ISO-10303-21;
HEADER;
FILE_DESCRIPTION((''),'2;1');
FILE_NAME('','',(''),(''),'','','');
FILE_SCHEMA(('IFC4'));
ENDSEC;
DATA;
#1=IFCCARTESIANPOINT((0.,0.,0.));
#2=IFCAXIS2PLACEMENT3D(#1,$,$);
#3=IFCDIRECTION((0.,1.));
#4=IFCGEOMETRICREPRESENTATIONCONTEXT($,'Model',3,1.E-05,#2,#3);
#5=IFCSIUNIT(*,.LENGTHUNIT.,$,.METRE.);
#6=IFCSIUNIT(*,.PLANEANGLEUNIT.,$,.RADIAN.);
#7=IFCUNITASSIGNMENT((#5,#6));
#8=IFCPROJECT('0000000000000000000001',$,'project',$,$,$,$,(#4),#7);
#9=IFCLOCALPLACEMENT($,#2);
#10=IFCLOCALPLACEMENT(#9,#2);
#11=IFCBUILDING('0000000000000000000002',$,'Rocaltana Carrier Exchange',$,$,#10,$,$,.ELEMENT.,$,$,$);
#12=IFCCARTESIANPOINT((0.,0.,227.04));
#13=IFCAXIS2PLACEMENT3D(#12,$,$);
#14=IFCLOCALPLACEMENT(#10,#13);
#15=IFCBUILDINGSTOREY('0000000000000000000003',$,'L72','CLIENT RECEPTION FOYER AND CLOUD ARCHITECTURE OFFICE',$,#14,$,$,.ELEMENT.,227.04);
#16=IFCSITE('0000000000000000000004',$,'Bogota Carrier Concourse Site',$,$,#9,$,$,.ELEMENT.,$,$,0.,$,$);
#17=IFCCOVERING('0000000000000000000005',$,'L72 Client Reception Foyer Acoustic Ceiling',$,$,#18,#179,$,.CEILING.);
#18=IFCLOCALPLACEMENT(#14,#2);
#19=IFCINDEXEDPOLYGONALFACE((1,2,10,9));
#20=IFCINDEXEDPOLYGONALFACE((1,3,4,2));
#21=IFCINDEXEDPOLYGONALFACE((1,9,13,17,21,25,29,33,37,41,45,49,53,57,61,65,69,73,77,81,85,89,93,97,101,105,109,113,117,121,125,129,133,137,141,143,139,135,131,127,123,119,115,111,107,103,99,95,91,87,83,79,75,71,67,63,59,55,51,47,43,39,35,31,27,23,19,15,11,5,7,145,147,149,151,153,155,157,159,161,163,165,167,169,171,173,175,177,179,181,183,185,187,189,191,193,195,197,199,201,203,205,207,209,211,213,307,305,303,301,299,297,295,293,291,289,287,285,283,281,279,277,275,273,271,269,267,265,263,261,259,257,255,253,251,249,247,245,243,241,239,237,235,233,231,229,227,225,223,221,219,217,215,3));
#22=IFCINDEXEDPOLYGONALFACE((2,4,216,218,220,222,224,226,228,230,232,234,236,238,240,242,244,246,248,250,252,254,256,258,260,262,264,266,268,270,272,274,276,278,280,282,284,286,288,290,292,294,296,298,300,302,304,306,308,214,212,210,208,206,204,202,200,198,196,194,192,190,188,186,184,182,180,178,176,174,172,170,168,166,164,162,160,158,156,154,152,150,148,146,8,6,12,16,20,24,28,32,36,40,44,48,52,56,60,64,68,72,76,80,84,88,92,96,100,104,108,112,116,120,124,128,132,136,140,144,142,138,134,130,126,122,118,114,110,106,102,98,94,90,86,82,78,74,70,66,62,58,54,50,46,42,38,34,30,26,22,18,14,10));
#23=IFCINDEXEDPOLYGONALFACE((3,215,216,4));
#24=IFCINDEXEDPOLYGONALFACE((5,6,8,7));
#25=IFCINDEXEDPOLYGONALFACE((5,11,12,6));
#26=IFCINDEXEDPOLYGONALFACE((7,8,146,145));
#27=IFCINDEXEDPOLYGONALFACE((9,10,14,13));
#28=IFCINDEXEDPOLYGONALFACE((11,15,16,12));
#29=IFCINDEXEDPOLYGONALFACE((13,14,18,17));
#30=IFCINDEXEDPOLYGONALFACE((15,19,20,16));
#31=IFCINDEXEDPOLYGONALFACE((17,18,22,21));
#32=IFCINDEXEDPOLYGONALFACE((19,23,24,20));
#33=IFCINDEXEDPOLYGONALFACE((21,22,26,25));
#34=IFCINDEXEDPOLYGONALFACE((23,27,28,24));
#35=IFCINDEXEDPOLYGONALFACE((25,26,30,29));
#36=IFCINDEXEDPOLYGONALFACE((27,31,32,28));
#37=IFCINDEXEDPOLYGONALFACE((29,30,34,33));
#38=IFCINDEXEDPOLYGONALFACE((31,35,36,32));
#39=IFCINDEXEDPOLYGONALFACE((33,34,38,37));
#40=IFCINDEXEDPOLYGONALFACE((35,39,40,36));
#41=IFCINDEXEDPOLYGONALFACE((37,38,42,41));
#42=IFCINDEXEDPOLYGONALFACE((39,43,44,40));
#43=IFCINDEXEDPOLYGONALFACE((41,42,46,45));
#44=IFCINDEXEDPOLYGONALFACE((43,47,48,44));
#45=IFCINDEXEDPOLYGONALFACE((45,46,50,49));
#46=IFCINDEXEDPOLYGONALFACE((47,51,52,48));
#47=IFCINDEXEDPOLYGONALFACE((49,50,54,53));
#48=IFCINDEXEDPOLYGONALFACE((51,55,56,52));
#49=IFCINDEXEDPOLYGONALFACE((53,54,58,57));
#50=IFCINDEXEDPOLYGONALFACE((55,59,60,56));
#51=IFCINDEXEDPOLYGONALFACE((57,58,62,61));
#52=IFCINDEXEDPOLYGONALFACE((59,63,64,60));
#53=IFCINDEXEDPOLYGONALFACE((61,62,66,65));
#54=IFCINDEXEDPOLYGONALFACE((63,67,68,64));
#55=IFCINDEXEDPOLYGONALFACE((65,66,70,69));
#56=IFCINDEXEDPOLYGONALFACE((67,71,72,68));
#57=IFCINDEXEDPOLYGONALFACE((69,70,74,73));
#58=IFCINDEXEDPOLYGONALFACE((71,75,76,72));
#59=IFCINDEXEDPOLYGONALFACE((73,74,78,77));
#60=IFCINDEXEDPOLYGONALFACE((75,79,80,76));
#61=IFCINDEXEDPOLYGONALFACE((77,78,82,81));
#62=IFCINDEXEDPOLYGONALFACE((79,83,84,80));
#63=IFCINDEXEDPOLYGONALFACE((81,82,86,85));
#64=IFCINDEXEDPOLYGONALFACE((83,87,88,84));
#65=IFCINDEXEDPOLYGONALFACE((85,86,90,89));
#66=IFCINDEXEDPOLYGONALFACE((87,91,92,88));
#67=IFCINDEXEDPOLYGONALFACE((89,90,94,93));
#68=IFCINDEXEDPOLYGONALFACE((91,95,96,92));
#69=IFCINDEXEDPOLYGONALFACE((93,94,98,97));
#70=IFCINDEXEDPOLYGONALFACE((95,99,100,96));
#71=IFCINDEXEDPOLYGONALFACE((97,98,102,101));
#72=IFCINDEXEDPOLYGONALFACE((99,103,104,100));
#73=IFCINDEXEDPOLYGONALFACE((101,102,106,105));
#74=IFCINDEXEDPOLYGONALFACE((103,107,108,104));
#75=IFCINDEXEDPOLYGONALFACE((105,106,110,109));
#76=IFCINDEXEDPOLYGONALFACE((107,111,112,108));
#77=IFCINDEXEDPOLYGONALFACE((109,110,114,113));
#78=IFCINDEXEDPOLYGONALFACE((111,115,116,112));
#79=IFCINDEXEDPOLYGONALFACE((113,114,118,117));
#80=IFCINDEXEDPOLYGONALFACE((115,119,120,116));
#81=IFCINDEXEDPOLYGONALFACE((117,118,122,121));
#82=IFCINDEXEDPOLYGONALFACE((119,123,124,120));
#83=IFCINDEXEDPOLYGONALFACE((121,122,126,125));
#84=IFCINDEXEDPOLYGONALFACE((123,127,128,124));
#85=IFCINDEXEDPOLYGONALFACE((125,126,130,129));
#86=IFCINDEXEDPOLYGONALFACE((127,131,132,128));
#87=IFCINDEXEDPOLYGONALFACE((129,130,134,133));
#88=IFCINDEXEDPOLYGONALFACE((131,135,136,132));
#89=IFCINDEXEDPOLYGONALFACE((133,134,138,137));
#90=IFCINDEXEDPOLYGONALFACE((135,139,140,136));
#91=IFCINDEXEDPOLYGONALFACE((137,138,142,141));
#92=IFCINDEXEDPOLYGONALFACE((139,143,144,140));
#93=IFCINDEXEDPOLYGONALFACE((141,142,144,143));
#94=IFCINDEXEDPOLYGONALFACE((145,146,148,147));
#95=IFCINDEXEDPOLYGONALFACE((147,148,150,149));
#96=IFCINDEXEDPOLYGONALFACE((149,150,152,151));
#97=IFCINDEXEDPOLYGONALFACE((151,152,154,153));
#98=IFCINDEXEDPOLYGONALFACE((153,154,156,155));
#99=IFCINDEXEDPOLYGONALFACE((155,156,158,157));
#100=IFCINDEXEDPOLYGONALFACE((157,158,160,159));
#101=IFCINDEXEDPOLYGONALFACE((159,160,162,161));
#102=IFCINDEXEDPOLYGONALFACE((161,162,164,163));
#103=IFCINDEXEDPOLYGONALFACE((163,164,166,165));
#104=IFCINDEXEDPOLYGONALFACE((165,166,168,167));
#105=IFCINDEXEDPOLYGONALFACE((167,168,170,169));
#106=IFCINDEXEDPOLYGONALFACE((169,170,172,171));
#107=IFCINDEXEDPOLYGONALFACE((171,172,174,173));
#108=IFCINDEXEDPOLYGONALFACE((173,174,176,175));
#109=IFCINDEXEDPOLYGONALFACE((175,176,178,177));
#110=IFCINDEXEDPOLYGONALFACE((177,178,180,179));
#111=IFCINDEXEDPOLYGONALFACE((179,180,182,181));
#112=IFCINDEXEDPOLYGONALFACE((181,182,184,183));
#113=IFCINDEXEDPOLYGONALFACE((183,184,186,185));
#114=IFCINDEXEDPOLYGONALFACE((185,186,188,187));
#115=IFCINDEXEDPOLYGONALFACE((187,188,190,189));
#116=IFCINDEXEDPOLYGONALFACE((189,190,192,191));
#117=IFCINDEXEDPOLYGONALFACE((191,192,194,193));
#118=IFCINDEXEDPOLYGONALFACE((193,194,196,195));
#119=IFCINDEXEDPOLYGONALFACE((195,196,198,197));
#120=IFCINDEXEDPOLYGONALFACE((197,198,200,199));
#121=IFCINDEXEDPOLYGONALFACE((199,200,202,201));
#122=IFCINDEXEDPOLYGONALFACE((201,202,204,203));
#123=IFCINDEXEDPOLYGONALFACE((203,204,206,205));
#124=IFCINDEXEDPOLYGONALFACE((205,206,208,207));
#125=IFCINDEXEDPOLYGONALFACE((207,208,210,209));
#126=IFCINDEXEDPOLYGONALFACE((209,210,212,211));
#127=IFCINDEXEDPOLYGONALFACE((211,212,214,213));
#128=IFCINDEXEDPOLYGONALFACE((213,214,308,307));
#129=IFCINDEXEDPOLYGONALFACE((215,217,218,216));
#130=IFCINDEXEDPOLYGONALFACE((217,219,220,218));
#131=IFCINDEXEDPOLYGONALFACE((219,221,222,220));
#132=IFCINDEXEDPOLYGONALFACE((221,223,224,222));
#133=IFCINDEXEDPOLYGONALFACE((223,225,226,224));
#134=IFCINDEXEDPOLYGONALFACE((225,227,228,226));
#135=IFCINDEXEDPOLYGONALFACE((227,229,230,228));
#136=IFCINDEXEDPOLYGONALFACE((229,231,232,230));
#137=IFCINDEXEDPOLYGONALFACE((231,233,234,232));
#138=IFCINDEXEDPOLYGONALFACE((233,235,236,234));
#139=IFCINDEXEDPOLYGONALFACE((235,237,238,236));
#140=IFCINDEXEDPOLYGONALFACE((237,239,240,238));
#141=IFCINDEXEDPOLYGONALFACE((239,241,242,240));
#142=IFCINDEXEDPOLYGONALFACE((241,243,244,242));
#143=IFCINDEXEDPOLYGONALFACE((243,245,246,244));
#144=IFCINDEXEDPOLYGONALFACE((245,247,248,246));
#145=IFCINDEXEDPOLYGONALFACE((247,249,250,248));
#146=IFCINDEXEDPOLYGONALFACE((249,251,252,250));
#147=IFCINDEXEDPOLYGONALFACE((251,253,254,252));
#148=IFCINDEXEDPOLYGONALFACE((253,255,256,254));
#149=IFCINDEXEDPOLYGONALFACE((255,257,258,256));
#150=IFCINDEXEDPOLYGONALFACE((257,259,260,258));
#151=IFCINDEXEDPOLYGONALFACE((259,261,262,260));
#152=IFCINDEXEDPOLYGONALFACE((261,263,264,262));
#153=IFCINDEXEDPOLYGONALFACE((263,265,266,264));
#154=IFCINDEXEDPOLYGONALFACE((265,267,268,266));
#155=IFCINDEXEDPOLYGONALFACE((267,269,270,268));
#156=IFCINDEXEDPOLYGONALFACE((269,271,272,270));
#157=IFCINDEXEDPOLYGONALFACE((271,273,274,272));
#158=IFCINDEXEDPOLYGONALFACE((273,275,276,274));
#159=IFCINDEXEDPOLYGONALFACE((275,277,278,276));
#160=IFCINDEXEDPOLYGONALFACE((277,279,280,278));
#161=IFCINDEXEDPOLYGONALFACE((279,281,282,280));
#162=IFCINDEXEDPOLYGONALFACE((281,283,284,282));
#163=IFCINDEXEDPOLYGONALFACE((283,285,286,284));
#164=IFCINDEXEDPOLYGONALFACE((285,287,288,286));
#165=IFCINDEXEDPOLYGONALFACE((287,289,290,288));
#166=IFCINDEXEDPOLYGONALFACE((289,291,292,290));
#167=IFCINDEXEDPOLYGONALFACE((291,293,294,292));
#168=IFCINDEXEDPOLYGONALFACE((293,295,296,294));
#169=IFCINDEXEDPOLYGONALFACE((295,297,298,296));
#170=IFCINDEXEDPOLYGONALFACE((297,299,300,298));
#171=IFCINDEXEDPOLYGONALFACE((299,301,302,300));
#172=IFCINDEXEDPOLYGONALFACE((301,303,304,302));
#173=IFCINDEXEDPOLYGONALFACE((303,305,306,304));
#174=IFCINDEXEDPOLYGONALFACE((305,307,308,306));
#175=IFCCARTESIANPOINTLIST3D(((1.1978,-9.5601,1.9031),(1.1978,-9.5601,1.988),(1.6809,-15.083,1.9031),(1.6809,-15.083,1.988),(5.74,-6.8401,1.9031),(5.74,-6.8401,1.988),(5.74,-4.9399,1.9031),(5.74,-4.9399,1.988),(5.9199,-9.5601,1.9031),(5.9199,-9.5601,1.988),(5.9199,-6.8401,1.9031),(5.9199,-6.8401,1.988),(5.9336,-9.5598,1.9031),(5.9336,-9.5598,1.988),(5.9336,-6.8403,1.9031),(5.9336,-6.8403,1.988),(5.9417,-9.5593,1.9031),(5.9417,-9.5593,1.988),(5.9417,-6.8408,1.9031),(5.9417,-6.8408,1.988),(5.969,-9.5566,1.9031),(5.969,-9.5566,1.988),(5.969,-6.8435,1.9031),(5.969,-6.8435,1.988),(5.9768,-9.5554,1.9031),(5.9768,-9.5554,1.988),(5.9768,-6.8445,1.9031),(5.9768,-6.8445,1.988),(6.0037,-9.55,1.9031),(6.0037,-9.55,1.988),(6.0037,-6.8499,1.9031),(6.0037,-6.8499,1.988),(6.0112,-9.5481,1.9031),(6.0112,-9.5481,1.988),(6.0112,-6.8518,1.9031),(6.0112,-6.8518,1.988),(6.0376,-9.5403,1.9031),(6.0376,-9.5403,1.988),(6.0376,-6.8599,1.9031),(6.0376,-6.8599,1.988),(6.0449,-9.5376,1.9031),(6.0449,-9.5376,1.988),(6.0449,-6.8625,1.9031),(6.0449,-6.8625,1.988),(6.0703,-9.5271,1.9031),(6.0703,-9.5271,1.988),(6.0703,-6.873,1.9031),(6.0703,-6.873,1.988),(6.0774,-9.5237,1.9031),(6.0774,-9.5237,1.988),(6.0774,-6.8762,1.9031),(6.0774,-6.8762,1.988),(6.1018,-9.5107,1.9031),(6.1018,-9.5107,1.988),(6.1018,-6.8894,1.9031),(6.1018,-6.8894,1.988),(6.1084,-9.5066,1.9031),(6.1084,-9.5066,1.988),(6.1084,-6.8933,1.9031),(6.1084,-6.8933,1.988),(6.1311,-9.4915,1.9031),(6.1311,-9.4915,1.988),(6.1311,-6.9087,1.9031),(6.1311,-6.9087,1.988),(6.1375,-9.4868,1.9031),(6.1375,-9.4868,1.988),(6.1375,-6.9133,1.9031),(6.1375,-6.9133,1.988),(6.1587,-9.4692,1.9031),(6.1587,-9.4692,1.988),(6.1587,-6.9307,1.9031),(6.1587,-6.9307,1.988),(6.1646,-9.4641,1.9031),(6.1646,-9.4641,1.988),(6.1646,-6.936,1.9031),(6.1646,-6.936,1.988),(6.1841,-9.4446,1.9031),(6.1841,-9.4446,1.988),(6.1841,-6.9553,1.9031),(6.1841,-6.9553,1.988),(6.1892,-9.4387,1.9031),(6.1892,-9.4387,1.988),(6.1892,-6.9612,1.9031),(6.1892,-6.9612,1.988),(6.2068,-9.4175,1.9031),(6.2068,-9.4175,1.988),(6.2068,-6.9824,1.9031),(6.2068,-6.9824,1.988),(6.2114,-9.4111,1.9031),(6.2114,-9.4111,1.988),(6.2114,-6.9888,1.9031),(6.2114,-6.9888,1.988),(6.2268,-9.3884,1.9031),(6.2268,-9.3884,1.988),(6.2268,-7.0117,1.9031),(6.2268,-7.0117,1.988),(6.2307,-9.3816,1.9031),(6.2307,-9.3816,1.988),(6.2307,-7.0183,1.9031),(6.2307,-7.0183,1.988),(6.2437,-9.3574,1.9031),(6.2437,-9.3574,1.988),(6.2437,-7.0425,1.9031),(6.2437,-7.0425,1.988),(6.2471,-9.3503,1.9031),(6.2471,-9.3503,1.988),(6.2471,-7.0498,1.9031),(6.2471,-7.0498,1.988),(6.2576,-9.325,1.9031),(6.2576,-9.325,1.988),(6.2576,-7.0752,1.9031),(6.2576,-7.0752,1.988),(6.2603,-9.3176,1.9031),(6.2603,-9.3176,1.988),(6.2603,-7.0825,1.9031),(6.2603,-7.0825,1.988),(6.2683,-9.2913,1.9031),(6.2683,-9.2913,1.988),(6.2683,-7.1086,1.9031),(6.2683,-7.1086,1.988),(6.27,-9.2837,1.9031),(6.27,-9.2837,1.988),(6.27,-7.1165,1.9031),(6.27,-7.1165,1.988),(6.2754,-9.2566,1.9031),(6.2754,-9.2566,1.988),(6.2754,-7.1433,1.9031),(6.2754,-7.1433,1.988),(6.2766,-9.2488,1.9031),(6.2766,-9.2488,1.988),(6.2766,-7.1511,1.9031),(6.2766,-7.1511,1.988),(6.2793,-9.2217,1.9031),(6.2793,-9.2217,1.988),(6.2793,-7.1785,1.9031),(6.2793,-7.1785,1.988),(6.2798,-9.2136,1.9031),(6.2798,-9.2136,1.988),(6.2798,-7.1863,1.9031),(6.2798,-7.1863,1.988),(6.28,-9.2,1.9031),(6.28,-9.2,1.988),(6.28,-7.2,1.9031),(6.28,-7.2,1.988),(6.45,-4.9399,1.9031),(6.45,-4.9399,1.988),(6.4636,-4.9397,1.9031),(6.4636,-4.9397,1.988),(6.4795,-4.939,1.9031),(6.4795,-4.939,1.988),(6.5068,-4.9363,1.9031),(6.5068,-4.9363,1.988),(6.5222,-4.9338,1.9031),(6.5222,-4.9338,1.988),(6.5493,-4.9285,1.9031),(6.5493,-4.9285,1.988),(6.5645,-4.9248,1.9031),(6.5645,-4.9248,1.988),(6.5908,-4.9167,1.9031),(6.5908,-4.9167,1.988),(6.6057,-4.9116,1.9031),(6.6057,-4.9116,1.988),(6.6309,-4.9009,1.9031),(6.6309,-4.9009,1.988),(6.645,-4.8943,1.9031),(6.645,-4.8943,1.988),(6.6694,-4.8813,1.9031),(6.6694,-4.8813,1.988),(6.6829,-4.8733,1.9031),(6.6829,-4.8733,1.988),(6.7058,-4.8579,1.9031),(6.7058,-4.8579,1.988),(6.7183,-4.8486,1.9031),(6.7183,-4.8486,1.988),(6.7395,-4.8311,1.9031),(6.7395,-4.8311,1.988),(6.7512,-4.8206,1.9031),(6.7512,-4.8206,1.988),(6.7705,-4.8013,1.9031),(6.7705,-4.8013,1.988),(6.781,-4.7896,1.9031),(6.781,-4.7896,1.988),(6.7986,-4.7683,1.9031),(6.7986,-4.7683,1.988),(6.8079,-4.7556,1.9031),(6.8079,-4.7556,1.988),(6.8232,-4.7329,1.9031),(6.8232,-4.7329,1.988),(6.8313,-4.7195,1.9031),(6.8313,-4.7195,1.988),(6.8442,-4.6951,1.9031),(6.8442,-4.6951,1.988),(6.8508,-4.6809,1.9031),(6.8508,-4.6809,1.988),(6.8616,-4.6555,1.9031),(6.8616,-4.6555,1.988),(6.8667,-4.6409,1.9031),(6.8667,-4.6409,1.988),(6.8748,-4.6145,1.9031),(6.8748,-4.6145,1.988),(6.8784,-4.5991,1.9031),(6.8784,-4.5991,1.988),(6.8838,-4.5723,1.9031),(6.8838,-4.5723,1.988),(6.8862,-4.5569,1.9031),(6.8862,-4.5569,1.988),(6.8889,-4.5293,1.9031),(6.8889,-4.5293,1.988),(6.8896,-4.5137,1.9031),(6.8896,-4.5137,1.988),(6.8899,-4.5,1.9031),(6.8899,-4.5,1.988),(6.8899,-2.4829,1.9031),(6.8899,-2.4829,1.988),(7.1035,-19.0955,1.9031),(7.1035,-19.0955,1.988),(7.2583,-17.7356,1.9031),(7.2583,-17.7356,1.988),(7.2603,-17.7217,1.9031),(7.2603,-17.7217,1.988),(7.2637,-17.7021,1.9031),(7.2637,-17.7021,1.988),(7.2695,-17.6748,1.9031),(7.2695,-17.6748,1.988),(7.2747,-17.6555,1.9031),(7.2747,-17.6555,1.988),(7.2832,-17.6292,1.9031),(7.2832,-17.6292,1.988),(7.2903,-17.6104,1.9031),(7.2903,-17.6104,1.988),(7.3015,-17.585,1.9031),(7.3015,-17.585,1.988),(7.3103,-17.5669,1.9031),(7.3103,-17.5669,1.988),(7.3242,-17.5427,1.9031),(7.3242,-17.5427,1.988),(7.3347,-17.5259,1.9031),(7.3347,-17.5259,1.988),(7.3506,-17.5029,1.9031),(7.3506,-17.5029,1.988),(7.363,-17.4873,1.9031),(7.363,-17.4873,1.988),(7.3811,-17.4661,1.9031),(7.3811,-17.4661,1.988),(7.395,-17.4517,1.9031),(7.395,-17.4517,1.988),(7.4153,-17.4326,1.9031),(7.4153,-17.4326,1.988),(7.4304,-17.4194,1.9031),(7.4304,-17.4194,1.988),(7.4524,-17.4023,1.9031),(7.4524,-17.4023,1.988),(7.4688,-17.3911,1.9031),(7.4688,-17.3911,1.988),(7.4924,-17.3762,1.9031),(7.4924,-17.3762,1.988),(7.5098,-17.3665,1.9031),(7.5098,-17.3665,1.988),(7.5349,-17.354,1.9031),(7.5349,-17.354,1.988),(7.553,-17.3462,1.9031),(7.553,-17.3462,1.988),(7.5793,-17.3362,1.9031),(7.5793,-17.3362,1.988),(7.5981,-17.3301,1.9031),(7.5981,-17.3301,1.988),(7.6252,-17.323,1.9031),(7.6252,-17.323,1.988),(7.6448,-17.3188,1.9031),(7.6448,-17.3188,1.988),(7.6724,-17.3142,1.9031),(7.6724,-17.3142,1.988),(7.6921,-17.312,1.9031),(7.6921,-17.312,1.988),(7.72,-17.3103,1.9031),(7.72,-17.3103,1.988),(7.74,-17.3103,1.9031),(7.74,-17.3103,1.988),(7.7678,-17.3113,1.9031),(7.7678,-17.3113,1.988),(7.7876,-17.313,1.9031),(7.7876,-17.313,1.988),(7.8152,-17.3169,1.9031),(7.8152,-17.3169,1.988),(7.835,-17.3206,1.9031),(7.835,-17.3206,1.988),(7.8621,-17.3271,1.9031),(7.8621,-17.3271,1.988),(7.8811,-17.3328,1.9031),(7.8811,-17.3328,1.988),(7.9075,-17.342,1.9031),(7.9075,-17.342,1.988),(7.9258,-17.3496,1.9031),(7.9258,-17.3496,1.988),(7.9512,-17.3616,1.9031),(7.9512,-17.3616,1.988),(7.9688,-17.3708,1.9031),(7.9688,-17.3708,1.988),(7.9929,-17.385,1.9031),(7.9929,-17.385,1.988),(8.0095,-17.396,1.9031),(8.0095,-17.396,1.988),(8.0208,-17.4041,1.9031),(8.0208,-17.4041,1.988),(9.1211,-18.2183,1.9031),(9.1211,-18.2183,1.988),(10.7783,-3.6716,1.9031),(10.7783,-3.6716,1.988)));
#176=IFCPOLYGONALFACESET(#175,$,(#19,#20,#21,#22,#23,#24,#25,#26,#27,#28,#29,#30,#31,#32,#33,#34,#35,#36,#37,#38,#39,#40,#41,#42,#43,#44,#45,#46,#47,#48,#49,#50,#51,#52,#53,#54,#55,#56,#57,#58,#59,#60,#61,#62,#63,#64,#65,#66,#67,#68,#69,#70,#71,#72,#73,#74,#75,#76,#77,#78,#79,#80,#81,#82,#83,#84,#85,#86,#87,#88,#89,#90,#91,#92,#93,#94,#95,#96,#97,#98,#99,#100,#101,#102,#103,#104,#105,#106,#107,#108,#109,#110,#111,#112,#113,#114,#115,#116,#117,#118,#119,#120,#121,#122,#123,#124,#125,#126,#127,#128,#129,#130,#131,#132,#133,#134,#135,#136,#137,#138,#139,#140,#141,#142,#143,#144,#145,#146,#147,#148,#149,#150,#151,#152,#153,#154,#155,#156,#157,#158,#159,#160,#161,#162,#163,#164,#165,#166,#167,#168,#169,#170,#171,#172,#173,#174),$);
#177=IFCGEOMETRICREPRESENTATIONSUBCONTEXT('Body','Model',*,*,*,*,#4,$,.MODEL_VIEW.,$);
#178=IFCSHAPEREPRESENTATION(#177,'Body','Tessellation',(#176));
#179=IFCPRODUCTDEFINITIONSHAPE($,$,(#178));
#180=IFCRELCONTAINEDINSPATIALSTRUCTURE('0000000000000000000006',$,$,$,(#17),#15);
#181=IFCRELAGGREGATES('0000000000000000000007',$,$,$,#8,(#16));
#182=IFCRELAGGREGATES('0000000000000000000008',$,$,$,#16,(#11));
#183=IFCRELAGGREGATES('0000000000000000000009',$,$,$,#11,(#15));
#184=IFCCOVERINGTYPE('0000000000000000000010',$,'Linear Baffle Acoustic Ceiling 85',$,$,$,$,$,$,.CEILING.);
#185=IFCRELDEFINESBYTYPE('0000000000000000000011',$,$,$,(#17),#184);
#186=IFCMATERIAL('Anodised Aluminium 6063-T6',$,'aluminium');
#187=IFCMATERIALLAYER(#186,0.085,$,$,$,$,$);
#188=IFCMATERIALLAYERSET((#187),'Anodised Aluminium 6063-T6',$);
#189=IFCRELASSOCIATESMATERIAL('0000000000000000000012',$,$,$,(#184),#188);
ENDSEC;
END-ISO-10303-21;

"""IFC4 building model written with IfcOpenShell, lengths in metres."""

from ifc_helpers import new_model, si_unit, direction, frame, origin, place, context, subcontext, project, spatial, polyline, outline, extrude, material, layer, layer_set, type_object, element, save


model = new_model("IFC4")

# Units and contexts
model_context = context("Model", 3, precision=1e-05, world=origin(), true_north=direction((0.0, 1.0)))
body_context = subcontext(model_context, "Body", "Model", "MODEL_VIEW")
ifc_project = project(units=[si_unit("LENGTHUNIT", "METRE"), si_unit("PLANEANGLEUNIT", "RADIAN")], contexts=[model_context])

# Site, building, storey
site_placement = place(None, origin())
site = spatial("IfcSite", under=ifc_project, at=site_placement, Name="Bogota Carrier Concourse Site", CompositionType="ELEMENT", RefElevation=0.0)
building_placement = place(site_placement, origin())
building = spatial("IfcBuilding", under=site, at=building_placement, Name="Rocaltana Carrier Exchange", CompositionType="ELEMENT")
storey_placement = place(building_placement, frame((0.0, 0.0, 227.04)))
storey = spatial("IfcBuildingStorey", under=building, at=storey_placement, Name="L72", Description="CLIENT RECEPTION FOYER AND CLOUD ARCHITECTURE OFFICE", CompositionType="ELEMENT", Elevation=227.04)

# Covering
ifc_material_1 = material(Name="Anodised Aluminium 6063-T6", Category="aluminium")
ifc_layer_1 = layer(ifc_material_1, 0.085)
ifc_layer_set_1 = layer_set([ifc_layer_1], Name="Anodised Aluminium 6063-T6")
covering_type_1 = type_object("IfcCoveringType", Name="Linear Baffle Acoustic Ceiling 85", PredefinedType="CEILING", material=ifc_layer_set_1)
covering_1_placement = place(storey_placement, frame((0.0, 0.0, 1.9031)))
element("IfcCovering", 1, at=covering_1_placement, inside=storey, type_object=covering_type_1, Name="L72 Client Reception Foyer Acoustic Ceiling", PredefinedType="CEILING", context=body_context, shape_type="SweptSolid", body=[
    extrude(outline(polyline([(5.74, -6.8401), (5.74, -4.9399), (6.45, -4.9399), (6.4636, -4.9397), (6.4795, -4.939), (6.5068, -4.9363), (6.5222, -4.9338), (6.5493, -4.9285), (6.5645, -4.9248), (6.5908, -4.9167), (6.6057, -4.9116), (6.6309, -4.9009), (6.645, -4.8943), (6.6694, -4.8813), (6.6829, -4.8733), (6.7058, -4.8579), (6.7183, -4.8486), (6.7395, -4.8311), (6.7512, -4.8206), (6.7705, -4.8013), (6.781, -4.7896), (6.7986, -4.7683), (6.8079, -4.7556), (6.8232, -4.7329), (6.8313, -4.7195), (6.8442, -4.6951), (6.8508, -4.6809), (6.8616, -4.6555), (6.8667, -4.6409), (6.8748, -4.6145), (6.8784, -4.5991), (6.8838, -4.5723), (6.8862, -4.5569), (6.8889, -4.5293), (6.8896, -4.5137), (6.8899, -4.5), (6.8899, -2.4829), (10.7783, -3.6716), (9.1211, -18.2183), (8.0208, -17.4041), (8.0095, -17.396), (7.9929, -17.385), (7.9688, -17.3708), (7.9512, -17.3616), (7.9258, -17.3496), (7.9075, -17.342), (7.8811, -17.3328), (7.8621, -17.3271), (7.835, -17.3206), (7.8152, -17.3169), (7.7876, -17.313), (7.7678, -17.3113), (7.74, -17.3103), (7.72, -17.3103), (7.6921, -17.312), (7.6724, -17.3142), (7.6448, -17.3188), (7.6252, -17.323), (7.5981, -17.3301), (7.5793, -17.3362), (7.553, -17.3462), (7.5349, -17.354), (7.5098, -17.3665), (7.4924, -17.3762), (7.4688, -17.3911), (7.4524, -17.4023), (7.4304, -17.4194), (7.4153, -17.4326), (7.395, -17.4517), (7.3811, -17.4661), (7.363, -17.4873), (7.3506, -17.5029), (7.3347, -17.5259), (7.3242, -17.5427), (7.3103, -17.5669), (7.3015, -17.585), (7.2903, -17.6104), (7.2832, -17.6292), (7.2747, -17.6555), (7.2695, -17.6748), (7.2637, -17.7021), (7.2603, -17.7217), (7.2583, -17.7356), (7.1035, -19.0955), (1.6809, -15.083), (1.1978, -9.5601), (5.9199, -9.5601), (5.9336, -9.5598), (5.9417, -9.5593), (5.969, -9.5566), (5.9768, -9.5554), (6.0037, -9.55), (6.0112, -9.5481), (6.0376, -9.5403), (6.0449, -9.5376), (6.0703, -9.5271), (6.0774, -9.5237), (6.1018, -9.5107), (6.1084, -9.5066), (6.1311, -9.4915), (6.1375, -9.4868), (6.1587, -9.4692), (6.1646, -9.4641), (6.1841, -9.4446), (6.1892, -9.4387), (6.2068, -9.4175), (6.2114, -9.4111), (6.2268, -9.3884), (6.2307, -9.3816), (6.2437, -9.3574), (6.2471, -9.3503), (6.2576, -9.325), (6.2603, -9.3176), (6.2683, -9.2913), (6.27, -9.2837), (6.2754, -9.2566), (6.2766, -9.2488), (6.2793, -9.2217), (6.2798, -9.2136), (6.28, -9.2), (6.28, -7.2), (6.2798, -7.1863), (6.2793, -7.1785), (6.2766, -7.1511), (6.2754, -7.1433), (6.27, -7.1165), (6.2683, -7.1086), (6.2603, -7.0825), (6.2576, -7.0752), (6.2471, -7.0498), (6.2437, -7.0425), (6.2307, -7.0183), (6.2268, -7.0117), (6.2114, -6.9888), (6.2068, -6.9824), (6.1892, -6.9612), (6.1841, -6.9553), (6.1646, -6.936), (6.1587, -6.9307), (6.1375, -6.9133), (6.1311, -6.9087), (6.1084, -6.8933), (6.1018, -6.8894), (6.0774, -6.8762), (6.0703, -6.873), (6.0449, -6.8625), (6.0376, -6.8599), (6.0112, -6.8518), (6.0037, -6.8499), (5.9768, -6.8445), (5.969, -6.8435), (5.9417, -6.8408), (5.9336, -6.8403), (5.9199, -6.8401), (5.74, -6.8401)])), origin(), (0.0, 0.0, 1.0), 0.085),
])

save(model, "model.ifc")
